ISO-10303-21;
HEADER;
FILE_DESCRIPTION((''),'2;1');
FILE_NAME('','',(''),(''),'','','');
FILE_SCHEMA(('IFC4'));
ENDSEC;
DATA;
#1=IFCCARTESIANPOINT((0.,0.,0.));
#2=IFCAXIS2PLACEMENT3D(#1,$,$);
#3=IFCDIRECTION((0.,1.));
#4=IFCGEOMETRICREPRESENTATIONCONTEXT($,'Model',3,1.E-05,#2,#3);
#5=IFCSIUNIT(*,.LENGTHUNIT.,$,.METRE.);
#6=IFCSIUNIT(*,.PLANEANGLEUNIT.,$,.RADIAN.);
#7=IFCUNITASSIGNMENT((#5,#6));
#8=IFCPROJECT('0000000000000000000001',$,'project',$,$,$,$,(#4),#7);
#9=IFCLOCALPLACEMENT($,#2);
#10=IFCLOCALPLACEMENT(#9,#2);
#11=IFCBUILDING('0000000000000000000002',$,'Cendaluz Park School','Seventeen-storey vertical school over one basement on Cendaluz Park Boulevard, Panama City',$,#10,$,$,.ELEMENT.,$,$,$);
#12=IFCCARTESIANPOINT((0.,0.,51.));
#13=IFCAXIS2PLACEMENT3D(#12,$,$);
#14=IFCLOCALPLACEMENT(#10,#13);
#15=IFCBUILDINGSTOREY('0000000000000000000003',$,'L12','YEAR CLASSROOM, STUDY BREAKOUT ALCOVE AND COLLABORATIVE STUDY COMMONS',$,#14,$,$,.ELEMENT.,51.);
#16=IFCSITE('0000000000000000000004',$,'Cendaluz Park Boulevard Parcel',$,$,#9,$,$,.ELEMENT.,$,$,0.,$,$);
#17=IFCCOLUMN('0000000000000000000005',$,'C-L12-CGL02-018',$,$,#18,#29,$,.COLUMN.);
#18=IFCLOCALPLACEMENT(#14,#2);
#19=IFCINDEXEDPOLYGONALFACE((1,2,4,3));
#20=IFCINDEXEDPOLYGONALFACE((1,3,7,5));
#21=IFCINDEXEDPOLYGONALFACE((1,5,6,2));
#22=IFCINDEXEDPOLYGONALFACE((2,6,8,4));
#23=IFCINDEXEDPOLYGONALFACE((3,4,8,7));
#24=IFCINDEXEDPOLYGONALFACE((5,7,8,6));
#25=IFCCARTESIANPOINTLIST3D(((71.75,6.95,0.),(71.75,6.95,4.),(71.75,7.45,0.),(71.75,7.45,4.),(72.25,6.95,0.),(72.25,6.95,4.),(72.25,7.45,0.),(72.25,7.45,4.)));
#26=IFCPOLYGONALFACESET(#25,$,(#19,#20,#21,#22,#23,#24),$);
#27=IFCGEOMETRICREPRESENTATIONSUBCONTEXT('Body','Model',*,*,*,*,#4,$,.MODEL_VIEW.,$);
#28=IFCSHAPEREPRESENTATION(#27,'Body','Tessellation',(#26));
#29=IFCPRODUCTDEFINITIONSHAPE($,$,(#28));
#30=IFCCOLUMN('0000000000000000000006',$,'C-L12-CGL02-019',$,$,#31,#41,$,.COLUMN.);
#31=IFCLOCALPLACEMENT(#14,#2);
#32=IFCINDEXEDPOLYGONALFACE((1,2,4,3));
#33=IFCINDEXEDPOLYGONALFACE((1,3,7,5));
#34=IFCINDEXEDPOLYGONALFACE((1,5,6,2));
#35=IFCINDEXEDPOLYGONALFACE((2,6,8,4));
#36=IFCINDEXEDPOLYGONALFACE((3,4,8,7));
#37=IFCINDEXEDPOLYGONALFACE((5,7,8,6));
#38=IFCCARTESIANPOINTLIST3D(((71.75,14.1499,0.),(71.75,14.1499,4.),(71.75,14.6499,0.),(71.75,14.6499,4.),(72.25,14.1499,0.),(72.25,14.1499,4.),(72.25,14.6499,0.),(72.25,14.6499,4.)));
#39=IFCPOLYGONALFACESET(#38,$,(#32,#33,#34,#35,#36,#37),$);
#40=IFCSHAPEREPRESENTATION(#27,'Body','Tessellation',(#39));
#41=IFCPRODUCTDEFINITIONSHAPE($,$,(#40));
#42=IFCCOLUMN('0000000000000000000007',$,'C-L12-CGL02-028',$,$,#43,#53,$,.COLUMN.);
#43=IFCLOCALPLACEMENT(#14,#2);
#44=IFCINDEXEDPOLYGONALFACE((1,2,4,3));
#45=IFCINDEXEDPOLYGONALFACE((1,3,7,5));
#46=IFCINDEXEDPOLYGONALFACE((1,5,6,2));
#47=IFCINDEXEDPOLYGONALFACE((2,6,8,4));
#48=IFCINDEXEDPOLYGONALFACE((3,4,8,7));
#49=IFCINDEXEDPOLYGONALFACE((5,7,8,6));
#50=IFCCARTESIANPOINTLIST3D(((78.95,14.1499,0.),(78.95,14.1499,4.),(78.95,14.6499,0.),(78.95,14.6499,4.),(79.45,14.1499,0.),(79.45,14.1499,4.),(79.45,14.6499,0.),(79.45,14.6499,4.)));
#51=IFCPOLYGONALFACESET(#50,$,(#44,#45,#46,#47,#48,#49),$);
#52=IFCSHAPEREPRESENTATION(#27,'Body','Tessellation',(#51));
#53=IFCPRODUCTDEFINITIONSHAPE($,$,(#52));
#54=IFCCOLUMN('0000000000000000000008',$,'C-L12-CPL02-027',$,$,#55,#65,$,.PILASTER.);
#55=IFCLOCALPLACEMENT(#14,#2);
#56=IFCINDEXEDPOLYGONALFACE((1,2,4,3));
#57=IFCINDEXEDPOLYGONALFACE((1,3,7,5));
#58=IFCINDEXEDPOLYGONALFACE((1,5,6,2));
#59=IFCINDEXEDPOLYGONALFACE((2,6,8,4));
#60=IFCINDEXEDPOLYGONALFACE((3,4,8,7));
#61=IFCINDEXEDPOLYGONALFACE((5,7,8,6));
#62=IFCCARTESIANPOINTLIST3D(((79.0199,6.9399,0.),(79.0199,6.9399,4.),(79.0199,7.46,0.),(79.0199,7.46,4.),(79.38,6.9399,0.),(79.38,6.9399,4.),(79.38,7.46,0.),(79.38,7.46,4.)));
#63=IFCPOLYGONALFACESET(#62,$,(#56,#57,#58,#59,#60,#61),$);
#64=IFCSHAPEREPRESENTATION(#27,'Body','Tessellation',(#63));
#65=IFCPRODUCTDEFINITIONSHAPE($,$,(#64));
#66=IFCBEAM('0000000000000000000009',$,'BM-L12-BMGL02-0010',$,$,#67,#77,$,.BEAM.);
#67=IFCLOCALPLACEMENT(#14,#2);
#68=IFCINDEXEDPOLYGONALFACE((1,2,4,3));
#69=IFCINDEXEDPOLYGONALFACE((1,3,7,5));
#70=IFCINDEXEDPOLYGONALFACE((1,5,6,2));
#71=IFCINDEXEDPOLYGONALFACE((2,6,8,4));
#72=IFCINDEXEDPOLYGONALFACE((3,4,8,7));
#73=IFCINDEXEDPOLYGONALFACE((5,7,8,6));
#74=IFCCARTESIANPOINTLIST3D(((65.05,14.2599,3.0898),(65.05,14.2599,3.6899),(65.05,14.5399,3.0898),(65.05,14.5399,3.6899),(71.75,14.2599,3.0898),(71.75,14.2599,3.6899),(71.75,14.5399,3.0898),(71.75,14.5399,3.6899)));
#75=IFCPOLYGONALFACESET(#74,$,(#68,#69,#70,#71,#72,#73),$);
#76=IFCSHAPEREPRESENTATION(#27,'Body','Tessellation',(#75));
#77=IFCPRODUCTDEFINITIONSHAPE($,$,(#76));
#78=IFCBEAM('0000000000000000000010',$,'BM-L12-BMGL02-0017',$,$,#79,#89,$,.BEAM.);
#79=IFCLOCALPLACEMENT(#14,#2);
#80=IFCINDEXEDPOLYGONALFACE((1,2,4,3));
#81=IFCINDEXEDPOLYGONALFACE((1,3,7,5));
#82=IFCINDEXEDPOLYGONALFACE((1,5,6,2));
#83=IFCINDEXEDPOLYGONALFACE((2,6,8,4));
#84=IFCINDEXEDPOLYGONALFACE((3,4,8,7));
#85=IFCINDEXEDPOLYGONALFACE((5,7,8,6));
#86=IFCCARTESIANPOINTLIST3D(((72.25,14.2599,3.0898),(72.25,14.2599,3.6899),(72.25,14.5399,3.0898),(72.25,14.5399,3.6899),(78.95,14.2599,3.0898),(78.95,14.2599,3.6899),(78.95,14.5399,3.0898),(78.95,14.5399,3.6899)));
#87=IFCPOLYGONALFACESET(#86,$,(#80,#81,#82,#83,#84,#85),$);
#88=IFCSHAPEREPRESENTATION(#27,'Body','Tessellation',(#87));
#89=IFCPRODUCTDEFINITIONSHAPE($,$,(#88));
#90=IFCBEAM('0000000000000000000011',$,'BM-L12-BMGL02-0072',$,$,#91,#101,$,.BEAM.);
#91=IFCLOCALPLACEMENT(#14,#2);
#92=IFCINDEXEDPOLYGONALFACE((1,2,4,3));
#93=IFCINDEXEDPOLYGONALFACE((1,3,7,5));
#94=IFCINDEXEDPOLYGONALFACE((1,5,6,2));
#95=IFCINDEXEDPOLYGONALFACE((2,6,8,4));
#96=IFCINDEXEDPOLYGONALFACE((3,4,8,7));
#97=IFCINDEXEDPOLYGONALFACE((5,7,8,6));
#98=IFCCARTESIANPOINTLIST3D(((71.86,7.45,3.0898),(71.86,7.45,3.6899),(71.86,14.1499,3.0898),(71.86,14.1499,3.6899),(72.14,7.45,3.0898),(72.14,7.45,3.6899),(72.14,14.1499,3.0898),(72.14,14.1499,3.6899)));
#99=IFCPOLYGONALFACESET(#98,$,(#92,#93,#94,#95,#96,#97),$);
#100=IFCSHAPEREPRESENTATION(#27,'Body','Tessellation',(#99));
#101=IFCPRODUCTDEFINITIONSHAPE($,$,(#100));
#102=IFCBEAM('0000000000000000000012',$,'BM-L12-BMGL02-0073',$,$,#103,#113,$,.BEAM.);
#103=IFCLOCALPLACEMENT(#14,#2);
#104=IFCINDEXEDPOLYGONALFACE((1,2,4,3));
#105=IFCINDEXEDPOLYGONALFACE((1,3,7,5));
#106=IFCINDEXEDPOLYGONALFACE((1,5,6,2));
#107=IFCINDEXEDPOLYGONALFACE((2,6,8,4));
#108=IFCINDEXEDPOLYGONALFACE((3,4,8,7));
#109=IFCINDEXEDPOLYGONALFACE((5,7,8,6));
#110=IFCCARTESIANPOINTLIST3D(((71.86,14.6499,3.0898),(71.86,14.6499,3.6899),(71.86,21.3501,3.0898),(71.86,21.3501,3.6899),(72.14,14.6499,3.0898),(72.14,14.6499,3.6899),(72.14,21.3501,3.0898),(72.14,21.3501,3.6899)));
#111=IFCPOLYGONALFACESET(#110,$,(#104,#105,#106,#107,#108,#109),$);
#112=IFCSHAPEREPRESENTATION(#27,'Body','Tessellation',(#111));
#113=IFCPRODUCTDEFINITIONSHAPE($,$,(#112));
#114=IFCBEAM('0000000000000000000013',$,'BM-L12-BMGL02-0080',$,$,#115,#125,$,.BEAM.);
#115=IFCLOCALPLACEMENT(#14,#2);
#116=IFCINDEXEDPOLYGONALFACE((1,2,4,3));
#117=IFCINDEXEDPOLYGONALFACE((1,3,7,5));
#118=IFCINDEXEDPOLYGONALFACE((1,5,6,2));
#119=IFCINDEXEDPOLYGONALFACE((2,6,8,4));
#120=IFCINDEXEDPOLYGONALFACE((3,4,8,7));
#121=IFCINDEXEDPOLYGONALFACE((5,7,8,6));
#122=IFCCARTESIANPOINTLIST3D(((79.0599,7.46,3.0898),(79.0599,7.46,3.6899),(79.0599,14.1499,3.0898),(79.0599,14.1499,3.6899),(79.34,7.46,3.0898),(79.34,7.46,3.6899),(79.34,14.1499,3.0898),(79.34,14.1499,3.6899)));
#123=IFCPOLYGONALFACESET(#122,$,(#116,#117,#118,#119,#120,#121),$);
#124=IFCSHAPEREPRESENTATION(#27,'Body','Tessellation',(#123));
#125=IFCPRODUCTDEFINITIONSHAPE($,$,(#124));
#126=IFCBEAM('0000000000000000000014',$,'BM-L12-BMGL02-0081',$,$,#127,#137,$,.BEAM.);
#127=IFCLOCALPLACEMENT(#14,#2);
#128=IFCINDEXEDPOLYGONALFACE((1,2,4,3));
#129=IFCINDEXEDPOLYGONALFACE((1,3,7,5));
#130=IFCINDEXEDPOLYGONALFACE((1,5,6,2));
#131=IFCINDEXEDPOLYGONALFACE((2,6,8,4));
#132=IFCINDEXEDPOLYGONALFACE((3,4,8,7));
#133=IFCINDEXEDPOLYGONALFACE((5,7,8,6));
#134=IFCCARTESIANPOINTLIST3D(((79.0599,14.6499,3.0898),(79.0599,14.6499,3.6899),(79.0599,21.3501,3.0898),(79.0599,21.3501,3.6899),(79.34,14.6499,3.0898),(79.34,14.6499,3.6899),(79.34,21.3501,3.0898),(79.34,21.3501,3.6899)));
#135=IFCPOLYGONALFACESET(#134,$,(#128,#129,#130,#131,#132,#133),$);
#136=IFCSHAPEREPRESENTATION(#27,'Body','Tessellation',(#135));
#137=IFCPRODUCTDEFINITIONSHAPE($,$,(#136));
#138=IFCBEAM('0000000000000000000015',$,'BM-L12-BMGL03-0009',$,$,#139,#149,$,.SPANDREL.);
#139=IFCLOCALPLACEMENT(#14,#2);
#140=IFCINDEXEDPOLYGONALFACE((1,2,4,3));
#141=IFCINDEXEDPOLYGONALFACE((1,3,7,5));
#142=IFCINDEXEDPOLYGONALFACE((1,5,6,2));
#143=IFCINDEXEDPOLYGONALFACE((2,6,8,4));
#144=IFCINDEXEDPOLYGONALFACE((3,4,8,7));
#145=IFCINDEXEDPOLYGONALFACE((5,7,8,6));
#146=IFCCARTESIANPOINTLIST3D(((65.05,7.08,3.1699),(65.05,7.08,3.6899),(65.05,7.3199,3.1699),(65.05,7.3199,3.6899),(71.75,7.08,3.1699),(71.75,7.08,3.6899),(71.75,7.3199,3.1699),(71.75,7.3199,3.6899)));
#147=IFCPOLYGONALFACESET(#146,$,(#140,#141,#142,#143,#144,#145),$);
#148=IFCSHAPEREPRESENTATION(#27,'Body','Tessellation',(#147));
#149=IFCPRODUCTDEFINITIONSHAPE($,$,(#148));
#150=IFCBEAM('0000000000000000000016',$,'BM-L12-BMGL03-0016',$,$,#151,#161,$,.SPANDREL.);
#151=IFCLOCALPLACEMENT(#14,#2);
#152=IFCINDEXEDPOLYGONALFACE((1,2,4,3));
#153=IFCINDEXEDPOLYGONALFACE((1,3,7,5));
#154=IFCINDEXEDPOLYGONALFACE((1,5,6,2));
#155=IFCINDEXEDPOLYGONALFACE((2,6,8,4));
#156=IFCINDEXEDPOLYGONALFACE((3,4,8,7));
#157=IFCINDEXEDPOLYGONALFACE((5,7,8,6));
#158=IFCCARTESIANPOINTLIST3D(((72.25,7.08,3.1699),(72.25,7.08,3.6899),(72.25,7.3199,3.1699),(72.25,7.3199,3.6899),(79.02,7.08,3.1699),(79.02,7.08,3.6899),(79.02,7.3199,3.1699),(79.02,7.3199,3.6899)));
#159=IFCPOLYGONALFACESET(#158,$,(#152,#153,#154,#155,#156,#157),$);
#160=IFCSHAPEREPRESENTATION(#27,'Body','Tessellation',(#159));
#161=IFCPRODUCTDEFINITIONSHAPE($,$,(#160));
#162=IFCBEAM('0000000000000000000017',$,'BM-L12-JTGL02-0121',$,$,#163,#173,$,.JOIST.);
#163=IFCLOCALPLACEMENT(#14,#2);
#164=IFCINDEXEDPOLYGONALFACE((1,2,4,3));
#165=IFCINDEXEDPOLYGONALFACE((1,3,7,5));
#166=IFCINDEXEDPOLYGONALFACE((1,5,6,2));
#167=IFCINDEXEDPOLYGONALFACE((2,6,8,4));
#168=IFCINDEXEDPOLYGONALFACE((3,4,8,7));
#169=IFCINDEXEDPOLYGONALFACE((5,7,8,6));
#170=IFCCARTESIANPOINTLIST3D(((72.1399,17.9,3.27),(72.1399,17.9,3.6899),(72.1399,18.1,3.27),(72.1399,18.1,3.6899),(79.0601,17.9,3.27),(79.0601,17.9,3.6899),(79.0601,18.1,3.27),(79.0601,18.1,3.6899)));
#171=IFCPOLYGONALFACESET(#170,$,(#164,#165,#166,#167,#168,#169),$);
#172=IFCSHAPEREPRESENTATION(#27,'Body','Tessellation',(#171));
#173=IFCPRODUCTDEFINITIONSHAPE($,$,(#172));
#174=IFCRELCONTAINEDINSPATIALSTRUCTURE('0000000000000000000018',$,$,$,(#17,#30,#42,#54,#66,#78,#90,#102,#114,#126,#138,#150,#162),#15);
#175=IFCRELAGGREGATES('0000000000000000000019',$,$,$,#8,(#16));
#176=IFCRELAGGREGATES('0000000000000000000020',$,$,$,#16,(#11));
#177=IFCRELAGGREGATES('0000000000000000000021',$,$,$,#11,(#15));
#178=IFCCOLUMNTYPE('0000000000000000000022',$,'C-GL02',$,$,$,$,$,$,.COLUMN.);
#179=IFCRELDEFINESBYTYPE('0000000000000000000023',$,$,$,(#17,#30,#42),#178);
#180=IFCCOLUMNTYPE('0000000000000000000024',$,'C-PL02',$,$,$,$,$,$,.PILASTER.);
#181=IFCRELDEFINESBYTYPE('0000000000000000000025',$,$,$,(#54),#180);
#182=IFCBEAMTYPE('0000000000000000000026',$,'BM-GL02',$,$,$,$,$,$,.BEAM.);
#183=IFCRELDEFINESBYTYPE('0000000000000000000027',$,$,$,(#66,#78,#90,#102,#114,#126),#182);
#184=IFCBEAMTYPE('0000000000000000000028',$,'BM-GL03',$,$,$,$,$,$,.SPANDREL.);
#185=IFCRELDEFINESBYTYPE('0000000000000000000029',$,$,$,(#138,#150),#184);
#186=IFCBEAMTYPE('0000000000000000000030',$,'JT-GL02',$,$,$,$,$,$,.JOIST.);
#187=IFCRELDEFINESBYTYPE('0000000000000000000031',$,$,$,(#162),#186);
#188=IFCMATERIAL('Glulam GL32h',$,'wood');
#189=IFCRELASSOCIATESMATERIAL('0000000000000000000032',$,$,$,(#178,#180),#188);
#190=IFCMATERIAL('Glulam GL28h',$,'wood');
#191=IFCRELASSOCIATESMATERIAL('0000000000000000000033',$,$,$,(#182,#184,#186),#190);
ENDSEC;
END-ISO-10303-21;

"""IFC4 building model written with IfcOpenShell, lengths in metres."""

from ifc_helpers import new_model, si_unit, direction, frame, origin, origin_2d, place, context, subcontext, project, spatial, rectangle, extrude, material, material_profile, profile_set, type_object, element, save


model = new_model("IFC4")

# Units and contexts
model_context = context("Model", 3, precision=1e-05, world=origin(), true_north=direction((0.0, 1.0)))
body_context = subcontext(model_context, "Body", "Model", "MODEL_VIEW")
ifc_project = project(units=[si_unit("LENGTHUNIT", "METRE"), si_unit("PLANEANGLEUNIT", "RADIAN")], contexts=[model_context])

# Site, building, storey
site_placement = place(None, origin())
site = spatial("IfcSite", under=ifc_project, at=site_placement, Name="Cendaluz Park Boulevard Parcel", CompositionType="ELEMENT", RefElevation=0.0)
building_placement = place(site_placement, origin())
building = spatial("IfcBuilding", under=site, at=building_placement, Name="Cendaluz Park School", Description="Seventeen-storey vertical school over one basement on Cendaluz Park Boulevard, Panama City", CompositionType="ELEMENT")
storey_placement = place(building_placement, frame((0.0, 0.0, 51.0)))
storey = spatial("IfcBuildingStorey", under=building, at=storey_placement, Name="L12", Description="YEAR CLASSROOM, STUDY BREAKOUT ALCOVE AND COLLABORATIVE STUDY COMMONS", CompositionType="ELEMENT", Elevation=51.0)

# Columns
ifc_material_1 = material(Name="Glulam GL32h", Category="wood")
ifc_material_profile_1 = material_profile(ifc_material_1, rectangle(XDim=0.5, YDim=0.5, at=origin_2d()), Name="GL32h 500x500", Category="wood")
ifc_profile_set_1 = profile_set([ifc_material_profile_1], Name="Glulam GL32h")
column_type_1 = type_object("IfcColumnType", Name="C-GL02", PredefinedType="COLUMN", material=ifc_profile_set_1)
for number, where, z_axis, x_axis, name in (
    (1, (72.0, 7.2, 0.0), (0.0, 0.0, 1.0), (1.0, 0.0, 0.0), "C-L12-CGL02-018"),
    (2, (72.0, 14.3999, 0.0), (0.0, 0.0, 1.0), (1.0, 0.0, 0.0), "C-L12-CGL02-019"),
    (3, (79.2, 14.3999, 0.0), (0.0, 0.0, 1.0), (1.0, 0.0, 0.0), "C-L12-CGL02-028"),
):
    element("IfcColumn", number, at=place(storey_placement, frame(where, z_axis=z_axis, x_axis=x_axis)), inside=storey, type_object=column_type_1, Name=name, PredefinedType="COLUMN", context=body_context, shape_type="SweptSolid", body=[
        extrude(rectangle(XDim=0.5, YDim=0.5, at=origin_2d()), origin(), (0.0, 0.0, 1.0), 4.0),
    ])
ifc_material_profile_2 = material_profile(ifc_material_1, rectangle(XDim=0.3601, YDim=0.52, at=origin_2d()), Name="GL32h 360x520", Category="wood")
ifc_profile_set_2 = profile_set([ifc_material_profile_2], Name="Glulam GL32h")
column_type_2 = type_object("IfcColumnType", Name="C-PL02", PredefinedType="PILASTER", material=ifc_profile_set_2)
column_placement = place(storey_placement, frame((79.2, 7.2, 0.0), z_axis=(0.0, 0.0, 1.0), x_axis=(1.0, 0.0, 0.0)))
element("IfcColumn", 4, at=column_placement, inside=storey, type_object=column_type_2, Name="C-L12-CPL02-027", PredefinedType="PILASTER", context=body_context, shape_type="SweptSolid", body=[
    extrude(rectangle(XDim=0.3601, YDim=0.52, at=origin_2d()), origin(), (0.0, 0.0, 1.0), 4.0),
])

# Beams
ifc_material_2 = material(Name="Glulam GL28h", Category="wood")
ifc_material_profile_3 = material_profile(ifc_material_2, rectangle(XDim=0.28, YDim=0.6001, at=origin_2d()), Name="GL28h 280x600", Category="wood")
ifc_profile_set_3 = profile_set([ifc_material_profile_3], Name="Glulam GL28h")
beam_type_1 = type_object("IfcBeamType", Name="BM-GL02", PredefinedType="BEAM", material=ifc_profile_set_3)
for number, where, z_axis, x_axis, name in (
    (5, (65.05, 14.3999, 3.3899), (1.0, 0.0, 0.0), (0.0, 1.0, 0.0), "BM-L12-BMGL02-0010"),
    (6, (72.25, 14.3999, 3.3899), (1.0, 0.0, 0.0), (0.0, 1.0, 0.0), "BM-L12-BMGL02-0017"),
    (7, (72.0, 7.45, 3.3899), (0.0, 1.0, 0.0), (-1.0, 0.0, 0.0), "BM-L12-BMGL02-0072"),
):
    element("IfcBeam", number, at=place(storey_placement, frame(where, z_axis=z_axis, x_axis=x_axis)), inside=storey, type_object=beam_type_1, Name=name, PredefinedType="BEAM", context=body_context, shape_type="SweptSolid", body=[
        extrude(rectangle(XDim=0.28, YDim=0.6001, at=origin_2d()), origin(), (0.0, 0.0, 1.0), 6.7),
    ])
beam_1_placement = place(storey_placement, frame((72.0, 14.6499, 3.3899), z_axis=(0.0, 1.0, 0.0), x_axis=(-1.0, 0.0, 0.0)))
element("IfcBeam", 8, at=beam_1_placement, inside=storey, type_object=beam_type_1, Name="BM-L12-BMGL02-0073", PredefinedType="BEAM", context=body_context, shape_type="SweptSolid", body=[
    extrude(rectangle(XDim=0.28, YDim=0.6001, at=origin_2d()), origin(), (0.0, 0.0, 1.0), 6.7002),
])
beam_2_placement = place(storey_placement, frame((79.2, 7.46, 3.3899), z_axis=(0.0, 1.0, 0.0), x_axis=(-1.0, 0.0, 0.0)))
element("IfcBeam", 9, at=beam_2_placement, inside=storey, type_object=beam_type_1, Name="BM-L12-BMGL02-0080", PredefinedType="BEAM", context=body_context, shape_type="SweptSolid", body=[
    extrude(rectangle(XDim=0.28, YDim=0.6001, at=origin_2d()), origin(), (0.0, 0.0, 1.0), 6.6899),
])
beam_3_placement = place(storey_placement, frame((79.2, 14.6499, 3.3899), z_axis=(0.0, 1.0, 0.0), x_axis=(-1.0, 0.0, 0.0)))
element("IfcBeam", 10, at=beam_3_placement, inside=storey, type_object=beam_type_1, Name="BM-L12-BMGL02-0081", PredefinedType="BEAM", context=body_context, shape_type="SweptSolid", body=[
    extrude(rectangle(XDim=0.28, YDim=0.6001, at=origin_2d()), origin(), (0.0, 0.0, 1.0), 6.7002),
])
ifc_material_profile_4 = material_profile(ifc_material_2, rectangle(XDim=0.24, YDim=0.52, at=origin_2d()), Name="GL28h 240x520", Category="wood")
ifc_profile_set_4 = profile_set([ifc_material_profile_4], Name="Glulam GL28h")
beam_type_2 = type_object("IfcBeamType", Name="BM-GL03", PredefinedType="SPANDREL", material=ifc_profile_set_4)
beam_4_placement = place(storey_placement, frame((65.05, 7.2, 3.4299), z_axis=(1.0, 0.0, 0.0), x_axis=(0.0, 1.0, 0.0)))
element("IfcBeam", 11, at=beam_4_placement, inside=storey, type_object=beam_type_2, Name="BM-L12-BMGL03-0009", PredefinedType="SPANDREL", context=body_context, shape_type="SweptSolid", body=[
    extrude(rectangle(XDim=0.24, YDim=0.52, at=origin_2d()), origin(), (0.0, 0.0, 1.0), 6.7),
])
beam_5_placement = place(storey_placement, frame((72.25, 7.2, 3.4299), z_axis=(1.0, 0.0, 0.0), x_axis=(0.0, 1.0, 0.0)))
element("IfcBeam", 12, at=beam_5_placement, inside=storey, type_object=beam_type_2, Name="BM-L12-BMGL03-0016", PredefinedType="SPANDREL", context=body_context, shape_type="SweptSolid", body=[
    extrude(rectangle(XDim=0.24, YDim=0.52, at=origin_2d()), origin(), (0.0, 0.0, 1.0), 6.77),
])
ifc_material_profile_5 = material_profile(ifc_material_2, rectangle(XDim=0.2, YDim=0.4199, at=origin_2d()), Name="GL28h 200x420", Category="wood")
ifc_profile_set_5 = profile_set([ifc_material_profile_5], Name="Glulam GL28h")
beam_type_3 = type_object("IfcBeamType", Name="JT-GL02", PredefinedType="JOIST", material=ifc_profile_set_5)
beam_6_placement = place(storey_placement, frame((72.1399, 18.0, 3.48), z_axis=(1.0, 0.0, 0.0), x_axis=(0.0, 1.0, 0.0)))
element("IfcBeam", 13, at=beam_6_placement, inside=storey, type_object=beam_type_3, Name="BM-L12-JTGL02-0121", PredefinedType="JOIST", context=body_context, shape_type="SweptSolid", body=[
    extrude(rectangle(XDim=0.2, YDim=0.4199, at=origin_2d()), origin(), (0.0, 0.0, 1.0), 6.9202),
])

save(model, "model.ifc")
